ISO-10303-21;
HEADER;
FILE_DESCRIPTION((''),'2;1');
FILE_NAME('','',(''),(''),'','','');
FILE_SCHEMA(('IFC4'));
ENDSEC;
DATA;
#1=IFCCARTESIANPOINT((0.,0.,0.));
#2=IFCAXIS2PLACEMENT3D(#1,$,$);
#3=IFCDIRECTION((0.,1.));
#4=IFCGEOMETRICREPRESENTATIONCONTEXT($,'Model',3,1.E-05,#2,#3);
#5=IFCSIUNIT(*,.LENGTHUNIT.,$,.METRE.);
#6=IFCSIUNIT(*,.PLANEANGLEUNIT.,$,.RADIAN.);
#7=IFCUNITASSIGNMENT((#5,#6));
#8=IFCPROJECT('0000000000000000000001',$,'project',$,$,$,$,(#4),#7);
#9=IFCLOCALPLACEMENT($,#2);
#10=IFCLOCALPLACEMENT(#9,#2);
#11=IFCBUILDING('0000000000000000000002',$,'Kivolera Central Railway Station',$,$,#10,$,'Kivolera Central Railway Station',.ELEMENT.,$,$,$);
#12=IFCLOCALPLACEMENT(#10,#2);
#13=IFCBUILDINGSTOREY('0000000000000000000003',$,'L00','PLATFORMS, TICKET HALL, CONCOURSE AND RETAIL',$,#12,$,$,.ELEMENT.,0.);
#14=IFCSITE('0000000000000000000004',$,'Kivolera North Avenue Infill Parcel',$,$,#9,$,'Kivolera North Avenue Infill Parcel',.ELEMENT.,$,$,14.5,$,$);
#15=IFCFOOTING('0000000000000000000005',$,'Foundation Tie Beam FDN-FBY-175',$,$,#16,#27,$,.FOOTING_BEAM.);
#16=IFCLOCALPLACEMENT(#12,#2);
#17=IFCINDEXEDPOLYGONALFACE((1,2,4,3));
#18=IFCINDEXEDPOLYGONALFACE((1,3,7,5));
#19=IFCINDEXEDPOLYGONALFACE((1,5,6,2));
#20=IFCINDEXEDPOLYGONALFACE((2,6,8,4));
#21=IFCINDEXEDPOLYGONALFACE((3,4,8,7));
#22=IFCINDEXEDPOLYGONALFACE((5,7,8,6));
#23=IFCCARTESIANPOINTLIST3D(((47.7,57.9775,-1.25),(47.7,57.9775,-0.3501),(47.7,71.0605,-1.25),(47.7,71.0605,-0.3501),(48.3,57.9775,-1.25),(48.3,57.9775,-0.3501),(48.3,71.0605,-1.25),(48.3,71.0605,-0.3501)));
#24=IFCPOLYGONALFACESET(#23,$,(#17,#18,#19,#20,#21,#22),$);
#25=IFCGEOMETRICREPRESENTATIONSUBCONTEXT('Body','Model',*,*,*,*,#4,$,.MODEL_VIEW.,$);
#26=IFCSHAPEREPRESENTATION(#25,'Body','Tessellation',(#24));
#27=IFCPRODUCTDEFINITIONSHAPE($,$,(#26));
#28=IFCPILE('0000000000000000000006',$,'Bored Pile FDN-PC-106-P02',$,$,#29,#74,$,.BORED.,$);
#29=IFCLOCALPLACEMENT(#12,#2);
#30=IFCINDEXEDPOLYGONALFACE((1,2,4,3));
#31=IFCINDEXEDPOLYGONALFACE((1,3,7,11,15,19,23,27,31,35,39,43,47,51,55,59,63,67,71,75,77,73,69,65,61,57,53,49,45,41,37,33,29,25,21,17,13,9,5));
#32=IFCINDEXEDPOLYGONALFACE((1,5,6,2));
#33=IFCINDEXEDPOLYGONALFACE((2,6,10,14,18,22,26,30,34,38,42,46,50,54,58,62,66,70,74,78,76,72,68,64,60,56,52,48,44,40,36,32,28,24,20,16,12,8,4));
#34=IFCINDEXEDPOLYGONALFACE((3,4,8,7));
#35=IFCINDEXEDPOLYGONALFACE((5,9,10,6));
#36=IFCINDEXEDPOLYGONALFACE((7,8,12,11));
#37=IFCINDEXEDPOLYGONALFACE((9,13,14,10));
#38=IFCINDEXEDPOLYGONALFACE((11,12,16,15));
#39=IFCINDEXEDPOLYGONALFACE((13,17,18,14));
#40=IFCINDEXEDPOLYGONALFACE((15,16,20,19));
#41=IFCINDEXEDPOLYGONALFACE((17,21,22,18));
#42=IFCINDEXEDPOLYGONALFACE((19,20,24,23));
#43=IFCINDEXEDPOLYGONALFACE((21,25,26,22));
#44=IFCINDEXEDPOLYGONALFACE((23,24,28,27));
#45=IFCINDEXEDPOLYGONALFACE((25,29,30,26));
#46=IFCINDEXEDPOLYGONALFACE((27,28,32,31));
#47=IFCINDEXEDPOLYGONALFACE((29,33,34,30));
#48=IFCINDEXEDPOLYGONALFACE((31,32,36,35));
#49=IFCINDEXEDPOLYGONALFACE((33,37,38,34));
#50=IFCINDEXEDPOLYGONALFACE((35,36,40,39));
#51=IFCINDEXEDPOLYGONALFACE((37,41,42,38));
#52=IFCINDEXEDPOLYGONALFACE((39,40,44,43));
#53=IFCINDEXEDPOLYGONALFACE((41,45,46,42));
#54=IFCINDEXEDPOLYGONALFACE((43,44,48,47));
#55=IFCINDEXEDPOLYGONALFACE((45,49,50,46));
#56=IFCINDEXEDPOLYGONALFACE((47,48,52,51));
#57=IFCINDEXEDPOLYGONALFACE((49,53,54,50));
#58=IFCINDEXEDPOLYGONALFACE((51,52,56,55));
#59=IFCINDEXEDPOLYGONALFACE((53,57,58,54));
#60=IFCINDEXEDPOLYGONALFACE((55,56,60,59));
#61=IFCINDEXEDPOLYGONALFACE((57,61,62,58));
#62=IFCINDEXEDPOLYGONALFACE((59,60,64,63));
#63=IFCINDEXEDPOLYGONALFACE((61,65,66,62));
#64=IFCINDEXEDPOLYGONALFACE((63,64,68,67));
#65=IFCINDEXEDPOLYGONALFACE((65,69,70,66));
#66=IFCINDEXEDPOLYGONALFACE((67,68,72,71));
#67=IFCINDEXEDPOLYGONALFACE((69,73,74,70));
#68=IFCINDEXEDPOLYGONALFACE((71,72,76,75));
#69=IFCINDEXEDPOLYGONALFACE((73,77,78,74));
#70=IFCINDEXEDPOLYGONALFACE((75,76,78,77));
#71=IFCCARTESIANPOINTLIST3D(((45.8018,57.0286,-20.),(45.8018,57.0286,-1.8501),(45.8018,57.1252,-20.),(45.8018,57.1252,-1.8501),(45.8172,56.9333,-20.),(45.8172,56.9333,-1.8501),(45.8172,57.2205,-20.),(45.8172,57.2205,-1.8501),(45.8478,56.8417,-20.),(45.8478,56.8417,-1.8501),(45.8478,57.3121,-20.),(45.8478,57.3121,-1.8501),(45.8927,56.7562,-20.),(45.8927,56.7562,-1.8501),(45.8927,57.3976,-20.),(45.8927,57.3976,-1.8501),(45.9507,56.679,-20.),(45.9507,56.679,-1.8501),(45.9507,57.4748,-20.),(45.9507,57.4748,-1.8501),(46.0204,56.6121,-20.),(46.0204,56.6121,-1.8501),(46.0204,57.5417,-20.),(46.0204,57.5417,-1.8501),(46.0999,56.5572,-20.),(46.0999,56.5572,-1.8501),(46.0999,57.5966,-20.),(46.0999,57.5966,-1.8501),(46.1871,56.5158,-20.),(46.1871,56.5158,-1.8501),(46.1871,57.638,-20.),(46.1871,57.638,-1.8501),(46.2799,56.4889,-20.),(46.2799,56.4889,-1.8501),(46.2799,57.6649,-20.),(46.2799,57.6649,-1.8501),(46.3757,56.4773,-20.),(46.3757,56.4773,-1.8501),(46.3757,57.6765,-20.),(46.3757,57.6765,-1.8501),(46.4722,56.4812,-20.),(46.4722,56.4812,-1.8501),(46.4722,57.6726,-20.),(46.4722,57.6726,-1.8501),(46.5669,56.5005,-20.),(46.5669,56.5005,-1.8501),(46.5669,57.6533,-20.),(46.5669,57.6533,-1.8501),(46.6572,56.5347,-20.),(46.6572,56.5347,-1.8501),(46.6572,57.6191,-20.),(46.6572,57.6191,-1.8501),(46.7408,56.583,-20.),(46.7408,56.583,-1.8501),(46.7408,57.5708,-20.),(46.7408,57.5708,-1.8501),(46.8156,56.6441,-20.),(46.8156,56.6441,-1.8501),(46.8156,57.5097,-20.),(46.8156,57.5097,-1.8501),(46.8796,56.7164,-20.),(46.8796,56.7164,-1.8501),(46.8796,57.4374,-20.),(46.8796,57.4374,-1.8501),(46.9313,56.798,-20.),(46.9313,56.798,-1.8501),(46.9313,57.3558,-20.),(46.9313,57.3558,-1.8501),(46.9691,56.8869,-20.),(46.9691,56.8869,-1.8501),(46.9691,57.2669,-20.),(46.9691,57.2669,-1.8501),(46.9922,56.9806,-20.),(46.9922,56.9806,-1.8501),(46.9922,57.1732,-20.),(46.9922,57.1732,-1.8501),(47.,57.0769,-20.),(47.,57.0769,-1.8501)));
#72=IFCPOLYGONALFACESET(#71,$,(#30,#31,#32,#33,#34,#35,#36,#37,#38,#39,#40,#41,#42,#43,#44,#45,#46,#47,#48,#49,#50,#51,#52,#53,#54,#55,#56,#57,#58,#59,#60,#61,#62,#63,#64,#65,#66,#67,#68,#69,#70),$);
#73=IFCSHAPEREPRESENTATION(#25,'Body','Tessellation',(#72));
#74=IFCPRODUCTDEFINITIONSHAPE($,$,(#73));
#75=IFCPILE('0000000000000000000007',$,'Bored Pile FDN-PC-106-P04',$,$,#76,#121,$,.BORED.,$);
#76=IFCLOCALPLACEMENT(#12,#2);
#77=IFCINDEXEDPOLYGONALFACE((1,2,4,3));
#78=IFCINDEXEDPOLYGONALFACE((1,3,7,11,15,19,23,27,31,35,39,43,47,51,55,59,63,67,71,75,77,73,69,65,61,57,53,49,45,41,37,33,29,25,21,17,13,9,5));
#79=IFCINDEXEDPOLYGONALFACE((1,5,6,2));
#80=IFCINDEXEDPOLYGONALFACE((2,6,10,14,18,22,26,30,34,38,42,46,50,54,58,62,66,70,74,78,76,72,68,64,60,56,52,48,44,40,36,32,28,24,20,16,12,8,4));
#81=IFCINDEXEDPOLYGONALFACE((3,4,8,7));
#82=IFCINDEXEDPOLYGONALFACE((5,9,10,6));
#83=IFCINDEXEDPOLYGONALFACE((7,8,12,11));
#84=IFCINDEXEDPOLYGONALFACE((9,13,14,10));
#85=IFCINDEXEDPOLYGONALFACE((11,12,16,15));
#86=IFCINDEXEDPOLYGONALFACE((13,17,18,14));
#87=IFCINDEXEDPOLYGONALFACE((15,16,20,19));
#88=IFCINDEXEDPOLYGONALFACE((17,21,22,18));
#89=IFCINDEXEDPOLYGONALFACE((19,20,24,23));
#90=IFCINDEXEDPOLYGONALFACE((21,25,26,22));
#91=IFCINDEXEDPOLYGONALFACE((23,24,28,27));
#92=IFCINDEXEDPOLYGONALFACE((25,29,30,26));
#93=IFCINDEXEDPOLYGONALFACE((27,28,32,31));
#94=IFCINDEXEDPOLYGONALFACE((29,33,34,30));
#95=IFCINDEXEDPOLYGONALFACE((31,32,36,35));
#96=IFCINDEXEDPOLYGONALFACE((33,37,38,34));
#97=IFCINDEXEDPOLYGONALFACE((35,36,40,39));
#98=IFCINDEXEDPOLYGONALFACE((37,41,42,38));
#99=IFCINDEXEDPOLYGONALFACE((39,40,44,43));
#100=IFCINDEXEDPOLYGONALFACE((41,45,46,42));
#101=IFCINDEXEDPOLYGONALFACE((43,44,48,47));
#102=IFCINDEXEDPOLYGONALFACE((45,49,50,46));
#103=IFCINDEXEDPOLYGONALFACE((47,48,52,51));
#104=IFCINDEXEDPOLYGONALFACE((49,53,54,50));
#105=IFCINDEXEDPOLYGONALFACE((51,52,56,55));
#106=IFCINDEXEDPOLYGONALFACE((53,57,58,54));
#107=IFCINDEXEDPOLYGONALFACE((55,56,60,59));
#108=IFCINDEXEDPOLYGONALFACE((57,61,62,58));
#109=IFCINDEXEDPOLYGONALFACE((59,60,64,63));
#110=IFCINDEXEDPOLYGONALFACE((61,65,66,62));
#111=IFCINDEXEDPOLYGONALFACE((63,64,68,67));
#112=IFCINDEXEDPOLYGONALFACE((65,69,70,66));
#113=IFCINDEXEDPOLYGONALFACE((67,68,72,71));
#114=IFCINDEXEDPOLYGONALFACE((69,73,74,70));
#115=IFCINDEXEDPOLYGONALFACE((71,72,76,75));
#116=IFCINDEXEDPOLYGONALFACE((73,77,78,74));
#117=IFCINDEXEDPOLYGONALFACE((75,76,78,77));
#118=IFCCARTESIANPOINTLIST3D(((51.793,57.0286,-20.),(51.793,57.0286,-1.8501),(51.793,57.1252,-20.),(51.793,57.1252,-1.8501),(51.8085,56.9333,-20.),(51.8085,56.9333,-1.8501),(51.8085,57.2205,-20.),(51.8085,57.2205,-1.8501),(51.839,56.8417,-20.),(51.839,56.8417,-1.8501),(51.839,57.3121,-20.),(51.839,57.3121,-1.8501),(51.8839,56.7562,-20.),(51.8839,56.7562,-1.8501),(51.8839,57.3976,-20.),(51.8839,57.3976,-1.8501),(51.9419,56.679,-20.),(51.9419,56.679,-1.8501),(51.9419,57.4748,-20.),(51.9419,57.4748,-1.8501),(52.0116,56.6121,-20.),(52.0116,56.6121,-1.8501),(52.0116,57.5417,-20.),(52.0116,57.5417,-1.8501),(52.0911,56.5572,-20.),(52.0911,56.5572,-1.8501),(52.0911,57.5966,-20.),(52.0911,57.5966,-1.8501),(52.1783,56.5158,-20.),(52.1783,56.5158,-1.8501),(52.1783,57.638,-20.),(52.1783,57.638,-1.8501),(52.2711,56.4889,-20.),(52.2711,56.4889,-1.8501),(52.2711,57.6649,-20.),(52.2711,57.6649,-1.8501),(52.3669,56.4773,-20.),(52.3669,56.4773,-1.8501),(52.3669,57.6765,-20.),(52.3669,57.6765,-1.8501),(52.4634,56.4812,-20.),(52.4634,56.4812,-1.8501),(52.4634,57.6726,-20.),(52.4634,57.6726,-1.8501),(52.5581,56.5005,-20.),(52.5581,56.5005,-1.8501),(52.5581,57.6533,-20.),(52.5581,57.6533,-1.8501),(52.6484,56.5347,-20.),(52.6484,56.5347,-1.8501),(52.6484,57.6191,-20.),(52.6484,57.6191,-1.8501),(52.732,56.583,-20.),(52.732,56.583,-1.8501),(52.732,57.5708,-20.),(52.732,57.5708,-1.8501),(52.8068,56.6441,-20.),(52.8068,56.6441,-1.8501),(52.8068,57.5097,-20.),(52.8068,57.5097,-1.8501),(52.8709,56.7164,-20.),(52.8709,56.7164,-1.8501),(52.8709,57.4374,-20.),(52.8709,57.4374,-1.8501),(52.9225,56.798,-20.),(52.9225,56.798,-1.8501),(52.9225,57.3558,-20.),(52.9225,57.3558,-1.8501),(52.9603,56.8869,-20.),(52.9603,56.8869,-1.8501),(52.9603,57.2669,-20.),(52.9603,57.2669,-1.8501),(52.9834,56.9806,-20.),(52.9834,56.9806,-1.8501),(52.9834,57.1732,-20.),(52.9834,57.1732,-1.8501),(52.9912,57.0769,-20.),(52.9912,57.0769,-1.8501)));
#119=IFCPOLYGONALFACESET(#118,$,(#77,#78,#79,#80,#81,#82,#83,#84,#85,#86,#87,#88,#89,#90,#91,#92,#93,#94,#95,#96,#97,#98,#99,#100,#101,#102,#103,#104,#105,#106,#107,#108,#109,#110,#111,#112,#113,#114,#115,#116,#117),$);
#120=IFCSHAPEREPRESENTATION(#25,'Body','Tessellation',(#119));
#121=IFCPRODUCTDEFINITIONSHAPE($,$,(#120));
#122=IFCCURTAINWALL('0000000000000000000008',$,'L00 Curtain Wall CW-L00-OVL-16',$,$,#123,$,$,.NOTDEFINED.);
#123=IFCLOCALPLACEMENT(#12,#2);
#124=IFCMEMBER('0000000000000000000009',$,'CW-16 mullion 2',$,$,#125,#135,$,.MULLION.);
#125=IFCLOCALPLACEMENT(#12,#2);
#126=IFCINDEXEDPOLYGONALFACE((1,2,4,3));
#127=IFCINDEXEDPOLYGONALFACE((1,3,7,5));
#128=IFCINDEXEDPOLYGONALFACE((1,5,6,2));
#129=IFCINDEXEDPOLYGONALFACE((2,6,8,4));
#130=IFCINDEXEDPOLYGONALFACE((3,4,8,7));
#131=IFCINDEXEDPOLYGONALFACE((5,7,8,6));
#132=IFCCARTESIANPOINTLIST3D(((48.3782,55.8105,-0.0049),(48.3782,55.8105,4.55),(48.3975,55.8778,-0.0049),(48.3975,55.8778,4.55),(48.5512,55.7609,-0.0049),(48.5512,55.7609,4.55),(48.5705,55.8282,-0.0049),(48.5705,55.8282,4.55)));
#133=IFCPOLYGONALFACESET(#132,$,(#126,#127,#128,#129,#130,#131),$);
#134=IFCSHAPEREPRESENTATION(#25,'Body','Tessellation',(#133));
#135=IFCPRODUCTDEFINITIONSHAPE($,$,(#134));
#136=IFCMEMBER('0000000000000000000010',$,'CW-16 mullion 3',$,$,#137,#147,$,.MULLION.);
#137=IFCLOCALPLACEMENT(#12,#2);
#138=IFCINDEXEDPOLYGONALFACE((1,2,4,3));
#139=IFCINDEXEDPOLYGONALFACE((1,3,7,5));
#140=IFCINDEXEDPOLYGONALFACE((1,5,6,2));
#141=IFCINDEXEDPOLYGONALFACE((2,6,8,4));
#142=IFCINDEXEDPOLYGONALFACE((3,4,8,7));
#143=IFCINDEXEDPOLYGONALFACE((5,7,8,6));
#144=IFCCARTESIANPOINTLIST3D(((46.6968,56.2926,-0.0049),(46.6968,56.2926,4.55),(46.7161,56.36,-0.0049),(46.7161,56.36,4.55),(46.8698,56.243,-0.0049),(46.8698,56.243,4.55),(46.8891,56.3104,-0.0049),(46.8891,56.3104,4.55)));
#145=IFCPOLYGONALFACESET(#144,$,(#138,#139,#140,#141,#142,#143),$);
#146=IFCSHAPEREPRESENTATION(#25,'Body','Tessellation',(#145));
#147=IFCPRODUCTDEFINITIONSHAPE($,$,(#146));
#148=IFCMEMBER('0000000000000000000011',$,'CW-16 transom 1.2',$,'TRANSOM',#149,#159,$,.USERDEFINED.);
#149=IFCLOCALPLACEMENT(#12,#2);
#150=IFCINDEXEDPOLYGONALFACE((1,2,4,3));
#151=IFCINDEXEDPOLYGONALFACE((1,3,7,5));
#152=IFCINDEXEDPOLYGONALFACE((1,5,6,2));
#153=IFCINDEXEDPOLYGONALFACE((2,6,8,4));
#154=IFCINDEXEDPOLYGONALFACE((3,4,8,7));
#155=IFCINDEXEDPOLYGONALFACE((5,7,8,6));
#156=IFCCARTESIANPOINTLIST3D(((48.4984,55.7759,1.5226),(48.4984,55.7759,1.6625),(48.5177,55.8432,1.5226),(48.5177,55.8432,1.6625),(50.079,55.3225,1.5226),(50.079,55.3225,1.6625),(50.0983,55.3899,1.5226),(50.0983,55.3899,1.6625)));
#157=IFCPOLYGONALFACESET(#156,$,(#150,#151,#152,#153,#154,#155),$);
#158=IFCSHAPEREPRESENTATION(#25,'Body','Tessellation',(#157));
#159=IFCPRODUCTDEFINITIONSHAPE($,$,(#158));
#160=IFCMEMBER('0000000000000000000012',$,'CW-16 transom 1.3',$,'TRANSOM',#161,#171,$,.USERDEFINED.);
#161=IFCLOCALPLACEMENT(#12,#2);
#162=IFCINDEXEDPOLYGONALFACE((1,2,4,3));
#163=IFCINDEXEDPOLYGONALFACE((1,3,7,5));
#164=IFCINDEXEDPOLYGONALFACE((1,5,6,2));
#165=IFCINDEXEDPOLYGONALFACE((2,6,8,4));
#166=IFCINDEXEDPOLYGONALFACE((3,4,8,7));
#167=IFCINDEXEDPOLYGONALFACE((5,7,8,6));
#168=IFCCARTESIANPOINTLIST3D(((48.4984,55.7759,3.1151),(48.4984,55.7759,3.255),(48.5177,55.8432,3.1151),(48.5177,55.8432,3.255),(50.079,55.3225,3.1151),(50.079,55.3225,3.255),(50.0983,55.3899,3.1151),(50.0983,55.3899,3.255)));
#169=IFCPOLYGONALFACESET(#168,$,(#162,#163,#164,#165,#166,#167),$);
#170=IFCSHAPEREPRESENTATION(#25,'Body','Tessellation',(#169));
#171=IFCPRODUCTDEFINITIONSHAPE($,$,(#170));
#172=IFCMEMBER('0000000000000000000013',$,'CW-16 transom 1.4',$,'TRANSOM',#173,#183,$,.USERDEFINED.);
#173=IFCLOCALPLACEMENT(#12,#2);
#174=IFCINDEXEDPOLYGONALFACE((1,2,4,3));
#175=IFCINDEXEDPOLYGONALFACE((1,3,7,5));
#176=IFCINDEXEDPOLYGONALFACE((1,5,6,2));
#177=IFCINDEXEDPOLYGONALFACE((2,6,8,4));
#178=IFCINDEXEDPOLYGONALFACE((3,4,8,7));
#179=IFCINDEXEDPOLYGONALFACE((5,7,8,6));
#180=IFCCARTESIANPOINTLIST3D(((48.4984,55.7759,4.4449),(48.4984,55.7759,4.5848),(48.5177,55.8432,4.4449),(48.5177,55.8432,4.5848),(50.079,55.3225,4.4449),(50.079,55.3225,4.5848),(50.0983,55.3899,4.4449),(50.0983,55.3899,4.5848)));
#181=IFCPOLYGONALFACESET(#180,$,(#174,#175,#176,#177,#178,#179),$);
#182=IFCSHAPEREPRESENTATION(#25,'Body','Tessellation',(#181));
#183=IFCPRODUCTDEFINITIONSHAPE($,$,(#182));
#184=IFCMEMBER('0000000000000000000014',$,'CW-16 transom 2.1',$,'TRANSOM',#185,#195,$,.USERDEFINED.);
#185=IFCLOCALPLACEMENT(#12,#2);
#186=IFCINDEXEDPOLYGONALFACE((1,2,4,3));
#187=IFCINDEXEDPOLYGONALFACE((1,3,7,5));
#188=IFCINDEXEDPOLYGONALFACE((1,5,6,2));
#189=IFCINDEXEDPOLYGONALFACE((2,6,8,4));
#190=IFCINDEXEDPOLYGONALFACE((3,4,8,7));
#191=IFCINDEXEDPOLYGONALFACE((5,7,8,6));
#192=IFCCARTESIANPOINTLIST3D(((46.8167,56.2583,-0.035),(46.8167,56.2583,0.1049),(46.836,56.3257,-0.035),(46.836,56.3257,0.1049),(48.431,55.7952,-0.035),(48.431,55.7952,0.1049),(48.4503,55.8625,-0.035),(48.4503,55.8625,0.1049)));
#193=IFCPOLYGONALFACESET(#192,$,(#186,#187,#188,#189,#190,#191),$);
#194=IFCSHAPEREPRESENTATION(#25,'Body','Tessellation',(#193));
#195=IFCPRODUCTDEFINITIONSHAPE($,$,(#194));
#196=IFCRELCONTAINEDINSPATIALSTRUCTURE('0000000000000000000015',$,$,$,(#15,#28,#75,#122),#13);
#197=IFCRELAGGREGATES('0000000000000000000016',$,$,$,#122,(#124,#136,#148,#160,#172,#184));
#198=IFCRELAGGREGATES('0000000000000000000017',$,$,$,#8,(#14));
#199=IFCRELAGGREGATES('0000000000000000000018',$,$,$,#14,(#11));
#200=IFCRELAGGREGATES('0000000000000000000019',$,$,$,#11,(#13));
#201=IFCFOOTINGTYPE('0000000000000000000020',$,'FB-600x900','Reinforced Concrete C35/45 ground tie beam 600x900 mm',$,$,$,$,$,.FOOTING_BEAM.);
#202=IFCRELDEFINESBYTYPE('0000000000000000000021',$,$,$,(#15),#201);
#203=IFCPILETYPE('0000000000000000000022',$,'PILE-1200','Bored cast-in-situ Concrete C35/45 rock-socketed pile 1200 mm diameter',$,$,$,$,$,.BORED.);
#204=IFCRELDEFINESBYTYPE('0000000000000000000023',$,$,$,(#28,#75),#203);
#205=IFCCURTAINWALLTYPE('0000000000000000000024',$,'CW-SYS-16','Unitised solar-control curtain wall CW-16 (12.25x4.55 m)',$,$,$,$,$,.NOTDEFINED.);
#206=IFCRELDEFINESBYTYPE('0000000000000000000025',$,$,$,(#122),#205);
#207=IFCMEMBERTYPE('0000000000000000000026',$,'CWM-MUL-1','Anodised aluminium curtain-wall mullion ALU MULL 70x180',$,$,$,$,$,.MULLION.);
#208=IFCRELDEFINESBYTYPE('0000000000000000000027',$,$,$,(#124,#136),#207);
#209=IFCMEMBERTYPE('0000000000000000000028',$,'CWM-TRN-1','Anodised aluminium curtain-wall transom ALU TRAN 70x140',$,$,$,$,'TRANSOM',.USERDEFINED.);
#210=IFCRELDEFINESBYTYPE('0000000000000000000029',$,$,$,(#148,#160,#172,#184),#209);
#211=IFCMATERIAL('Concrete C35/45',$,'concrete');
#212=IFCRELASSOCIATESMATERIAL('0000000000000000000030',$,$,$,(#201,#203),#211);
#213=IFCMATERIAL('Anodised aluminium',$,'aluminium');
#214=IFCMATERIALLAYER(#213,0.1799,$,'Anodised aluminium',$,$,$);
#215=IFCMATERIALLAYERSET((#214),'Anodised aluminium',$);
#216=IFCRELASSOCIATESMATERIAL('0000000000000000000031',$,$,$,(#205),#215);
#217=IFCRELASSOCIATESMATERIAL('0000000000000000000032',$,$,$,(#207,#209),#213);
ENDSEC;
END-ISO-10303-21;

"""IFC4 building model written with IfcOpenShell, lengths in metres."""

from ifc_helpers import new_model, si_unit, direction, frame, origin, origin_2d, place, context, subcontext, project, spatial, rectangle, circle, extrude, material, layer, layer_set, material_profile, profile_set, type_object, element, aggregate, save


model = new_model("IFC4")

# Units and contexts
model_context = context("Model", 3, precision=1e-05, world=origin(), true_north=direction((0.0, 1.0)))
body_context = subcontext(model_context, "Body", "Model", "MODEL_VIEW")
ifc_project = project(units=[si_unit("LENGTHUNIT", "METRE"), si_unit("PLANEANGLEUNIT", "RADIAN")], contexts=[model_context])

# Site, building, storey
site_placement = place(None, origin())
site = spatial("IfcSite", under=ifc_project, at=site_placement, Name="Kivolera North Avenue Infill Parcel", LongName="Kivolera North Avenue Infill Parcel", CompositionType="ELEMENT", RefElevation=14.5)
building_placement = place(site_placement, origin())
building = spatial("IfcBuilding", under=site, at=building_placement, Name="Kivolera Central Railway Station", LongName="Kivolera Central Railway Station", CompositionType="ELEMENT")
storey_placement = place(building_placement, origin())
storey = spatial("IfcBuildingStorey", under=building, at=storey_placement, Name="L00", Description="PLATFORMS, TICKET HALL, CONCOURSE AND RETAIL", CompositionType="ELEMENT", Elevation=0.0)

# Footing
ifc_material_1 = material(Name="Concrete C35/45", Category="concrete")
footing_type = type_object("IfcFootingType", Name="FB-600x900", Description="Reinforced Concrete C35/45 ground tie beam 600x900 mm", PredefinedType="FOOTING_BEAM", material=ifc_material_1)
footing_placement = place(storey_placement, frame((48.0, 64.519, -1.25), z_axis=(0.0, 0.0, 1.0), x_axis=(1.0, 0.0, 0.0)))
element("IfcFooting", 1, at=footing_placement, inside=storey, type_object=footing_type, Name="Foundation Tie Beam FDN-FBY-175", PredefinedType="FOOTING_BEAM", context=body_context, shape_type="SweptSolid", body=[
    extrude(rectangle(XDim=0.6001, YDim=13.083, at=origin_2d()), origin(), (0.0, 0.0, 1.0), 0.8999),
])

# Piles
ifc_material_profile_1 = material_profile(ifc_material_1, circle(Radius=0.6001, at=origin_2d()), Name="PILE D1200")
ifc_profile_set_1 = profile_set([ifc_material_profile_1], Name="Concrete C35/45")
pile_type = type_object("IfcPileType", Name="PILE-1200", Description="Bored cast-in-situ Concrete C35/45 rock-socketed pile 1200 mm diameter", PredefinedType="BORED", material=ifc_profile_set_1)
for number, where, z_axis, x_axis, name in (
    (2, (46.3999, 57.0769, -1.8501), (0.0, 0.0, -1.0), (1.0, 0.0, 0.0), "Bored Pile FDN-PC-106-P02"),
    (3, (52.3911, 57.0769, -1.8501), (0.0, 0.0, -1.0), (1.0, 0.0, 0.0), "Bored Pile FDN-PC-106-P04"),
):
    element("IfcPile", number, at=place(storey_placement, frame(where, z_axis=z_axis, x_axis=x_axis)), inside=storey, type_object=pile_type, Name=name, PredefinedType="BORED", context=body_context, shape_type="SweptSolid", body=[
        extrude(circle(Radius=0.6001, at=origin_2d()), origin(), (0.0, 0.0, 1.0), 18.1499),
    ])

# Curtain wall, members
ifc_material_2 = material(Name="Anodised aluminium", Category="aluminium")
ifc_layer_1 = layer(ifc_material_2, 0.1799, Name="Anodised aluminium")
ifc_layer_set_1 = layer_set([ifc_layer_1], Name="Anodised aluminium")
curtain_wall_type = type_object("IfcCurtainWallType", Name="CW-SYS-16", Description="Unitised solar-control curtain wall CW-16 (12.25x4.55 m)", PredefinedType="NOTDEFINED", material=ifc_layer_set_1)
curtain_wall_placement = place(storey_placement, origin())
curtain_wall = element("IfcCurtainWall", 4, at=curtain_wall_placement, inside=storey, type_object=curtain_wall_type, Name="L00 Curtain Wall CW-L00-OVL-16", PredefinedType="NOTDEFINED")
ifc_material_profile_2 = material_profile(ifc_material_2, rectangle(XDim=0.0701, YDim=0.1799, at=origin_2d()), Name="ALU MULL 70x180")
ifc_profile_set_2 = profile_set([ifc_material_profile_2], Name="Anodised aluminium")
member_type_1 = type_object("IfcMemberType", Name="CWM-MUL-1", Description="Anodised aluminium curtain-wall mullion ALU MULL 70x180", PredefinedType="MULLION", material=ifc_profile_set_2)
member_1_placement = place(storey_placement, frame((48.4744, 55.8193, -0.0049), z_axis=(0.0, 0.0, 1.0), x_axis=(-0.275692, -0.961246, 0.0)))
member_1 = element("IfcMember", 5, at=member_1_placement, type_object=member_type_1, Name="CW-16 mullion 2", PredefinedType="MULLION", context=body_context, shape_type="SweptSolid", body=[
    extrude(rectangle(XDim=0.0701, YDim=0.1799, at=origin_2d()), origin(), (0.0, 0.0, 1.0), 4.5549),
])
member_2_placement = place(storey_placement, frame((46.793, 56.3015, -0.0049), z_axis=(0.0, 0.0, 1.0), x_axis=(-0.275692, -0.961246, 0.0)))
member_2 = element("IfcMember", 6, at=member_2_placement, type_object=member_type_1, Name="CW-16 mullion 3", PredefinedType="MULLION", context=body_context, shape_type="SweptSolid", body=[
    extrude(rectangle(XDim=0.0701, YDim=0.1799, at=origin_2d()), origin(), (0.0, 0.0, 1.0), 4.5549),
])
ifc_material_profile_3 = material_profile(ifc_material_2, rectangle(XDim=0.0701, YDim=0.1399, at=origin_2d()), Name="ALU TRAN 70x140")
ifc_profile_set_3 = profile_set([ifc_material_profile_3], Name="Anodised aluminium")
member_type_2 = type_object("IfcMemberType", Name="CWM-TRN-1", Description="Anodised aluminium curtain-wall transom ALU TRAN 70x140", ElementType="TRANSOM", PredefinedType="USERDEFINED", material=ifc_profile_set_3)
member_3_placement = place(storey_placement, frame((50.0886, 55.3562, 1.5925), z_axis=(-0.961238, 0.275721, 0.0), x_axis=(-0.275721, -0.961238, 0.0)))
member_3 = element("IfcMember", 7, at=member_3_placement, type_object=member_type_2, Name="CW-16 transom 1.2", ObjectType="TRANSOM", PredefinedType="USERDEFINED", context=body_context, shape_type="SweptSolid", body=[
    extrude(rectangle(XDim=0.0701, YDim=0.1399, at=origin_2d()), origin(), (0.0, 0.0, 1.0), 1.6443),
])
member_4_placement = place(storey_placement, frame((50.0886, 55.3562, 3.1851), z_axis=(-0.961238, 0.275721, 0.0), x_axis=(-0.275721, -0.961238, 0.0)))
member_4 = element("IfcMember", 8, at=member_4_placement, type_object=member_type_2, Name="CW-16 transom 1.3", ObjectType="TRANSOM", PredefinedType="USERDEFINED", context=body_context, shape_type="SweptSolid", body=[
    extrude(rectangle(XDim=0.0701, YDim=0.1399, at=origin_2d()), origin(), (0.0, 0.0, 1.0), 1.6443),
])
member_5_placement = place(storey_placement, frame((50.0886, 55.3562, 4.5149), z_axis=(-0.961238, 0.275721, 0.0), x_axis=(-0.275721, -0.961238, 0.0)))
member_5 = element("IfcMember", 9, at=member_5_placement, type_object=member_type_2, Name="CW-16 transom 1.4", ObjectType="TRANSOM", PredefinedType="USERDEFINED", context=body_context, shape_type="SweptSolid", body=[
    extrude(rectangle(XDim=0.0701, YDim=0.1399, at=origin_2d()), origin(), (0.0, 0.0, 1.0), 1.6443),
])
member_6_placement = place(storey_placement, frame((48.4407, 55.8289, 0.0349), z_axis=(-0.961222, 0.275777, 0.0), x_axis=(-0.275777, -0.961222, 0.0)))
member_6 = element("IfcMember", 10, at=member_6_placement, type_object=member_type_2, Name="CW-16 transom 2.1", ObjectType="TRANSOM", PredefinedType="USERDEFINED", context=body_context, shape_type="SweptSolid", body=[
    extrude(rectangle(XDim=0.0701, YDim=0.1399, at=origin_2d()), origin(), (0.0, 0.0, 1.0), 1.6794),
])
aggregate(curtain_wall, [member_1, member_2, member_3, member_4, member_5, member_6])

save(model, "model.ifc")
